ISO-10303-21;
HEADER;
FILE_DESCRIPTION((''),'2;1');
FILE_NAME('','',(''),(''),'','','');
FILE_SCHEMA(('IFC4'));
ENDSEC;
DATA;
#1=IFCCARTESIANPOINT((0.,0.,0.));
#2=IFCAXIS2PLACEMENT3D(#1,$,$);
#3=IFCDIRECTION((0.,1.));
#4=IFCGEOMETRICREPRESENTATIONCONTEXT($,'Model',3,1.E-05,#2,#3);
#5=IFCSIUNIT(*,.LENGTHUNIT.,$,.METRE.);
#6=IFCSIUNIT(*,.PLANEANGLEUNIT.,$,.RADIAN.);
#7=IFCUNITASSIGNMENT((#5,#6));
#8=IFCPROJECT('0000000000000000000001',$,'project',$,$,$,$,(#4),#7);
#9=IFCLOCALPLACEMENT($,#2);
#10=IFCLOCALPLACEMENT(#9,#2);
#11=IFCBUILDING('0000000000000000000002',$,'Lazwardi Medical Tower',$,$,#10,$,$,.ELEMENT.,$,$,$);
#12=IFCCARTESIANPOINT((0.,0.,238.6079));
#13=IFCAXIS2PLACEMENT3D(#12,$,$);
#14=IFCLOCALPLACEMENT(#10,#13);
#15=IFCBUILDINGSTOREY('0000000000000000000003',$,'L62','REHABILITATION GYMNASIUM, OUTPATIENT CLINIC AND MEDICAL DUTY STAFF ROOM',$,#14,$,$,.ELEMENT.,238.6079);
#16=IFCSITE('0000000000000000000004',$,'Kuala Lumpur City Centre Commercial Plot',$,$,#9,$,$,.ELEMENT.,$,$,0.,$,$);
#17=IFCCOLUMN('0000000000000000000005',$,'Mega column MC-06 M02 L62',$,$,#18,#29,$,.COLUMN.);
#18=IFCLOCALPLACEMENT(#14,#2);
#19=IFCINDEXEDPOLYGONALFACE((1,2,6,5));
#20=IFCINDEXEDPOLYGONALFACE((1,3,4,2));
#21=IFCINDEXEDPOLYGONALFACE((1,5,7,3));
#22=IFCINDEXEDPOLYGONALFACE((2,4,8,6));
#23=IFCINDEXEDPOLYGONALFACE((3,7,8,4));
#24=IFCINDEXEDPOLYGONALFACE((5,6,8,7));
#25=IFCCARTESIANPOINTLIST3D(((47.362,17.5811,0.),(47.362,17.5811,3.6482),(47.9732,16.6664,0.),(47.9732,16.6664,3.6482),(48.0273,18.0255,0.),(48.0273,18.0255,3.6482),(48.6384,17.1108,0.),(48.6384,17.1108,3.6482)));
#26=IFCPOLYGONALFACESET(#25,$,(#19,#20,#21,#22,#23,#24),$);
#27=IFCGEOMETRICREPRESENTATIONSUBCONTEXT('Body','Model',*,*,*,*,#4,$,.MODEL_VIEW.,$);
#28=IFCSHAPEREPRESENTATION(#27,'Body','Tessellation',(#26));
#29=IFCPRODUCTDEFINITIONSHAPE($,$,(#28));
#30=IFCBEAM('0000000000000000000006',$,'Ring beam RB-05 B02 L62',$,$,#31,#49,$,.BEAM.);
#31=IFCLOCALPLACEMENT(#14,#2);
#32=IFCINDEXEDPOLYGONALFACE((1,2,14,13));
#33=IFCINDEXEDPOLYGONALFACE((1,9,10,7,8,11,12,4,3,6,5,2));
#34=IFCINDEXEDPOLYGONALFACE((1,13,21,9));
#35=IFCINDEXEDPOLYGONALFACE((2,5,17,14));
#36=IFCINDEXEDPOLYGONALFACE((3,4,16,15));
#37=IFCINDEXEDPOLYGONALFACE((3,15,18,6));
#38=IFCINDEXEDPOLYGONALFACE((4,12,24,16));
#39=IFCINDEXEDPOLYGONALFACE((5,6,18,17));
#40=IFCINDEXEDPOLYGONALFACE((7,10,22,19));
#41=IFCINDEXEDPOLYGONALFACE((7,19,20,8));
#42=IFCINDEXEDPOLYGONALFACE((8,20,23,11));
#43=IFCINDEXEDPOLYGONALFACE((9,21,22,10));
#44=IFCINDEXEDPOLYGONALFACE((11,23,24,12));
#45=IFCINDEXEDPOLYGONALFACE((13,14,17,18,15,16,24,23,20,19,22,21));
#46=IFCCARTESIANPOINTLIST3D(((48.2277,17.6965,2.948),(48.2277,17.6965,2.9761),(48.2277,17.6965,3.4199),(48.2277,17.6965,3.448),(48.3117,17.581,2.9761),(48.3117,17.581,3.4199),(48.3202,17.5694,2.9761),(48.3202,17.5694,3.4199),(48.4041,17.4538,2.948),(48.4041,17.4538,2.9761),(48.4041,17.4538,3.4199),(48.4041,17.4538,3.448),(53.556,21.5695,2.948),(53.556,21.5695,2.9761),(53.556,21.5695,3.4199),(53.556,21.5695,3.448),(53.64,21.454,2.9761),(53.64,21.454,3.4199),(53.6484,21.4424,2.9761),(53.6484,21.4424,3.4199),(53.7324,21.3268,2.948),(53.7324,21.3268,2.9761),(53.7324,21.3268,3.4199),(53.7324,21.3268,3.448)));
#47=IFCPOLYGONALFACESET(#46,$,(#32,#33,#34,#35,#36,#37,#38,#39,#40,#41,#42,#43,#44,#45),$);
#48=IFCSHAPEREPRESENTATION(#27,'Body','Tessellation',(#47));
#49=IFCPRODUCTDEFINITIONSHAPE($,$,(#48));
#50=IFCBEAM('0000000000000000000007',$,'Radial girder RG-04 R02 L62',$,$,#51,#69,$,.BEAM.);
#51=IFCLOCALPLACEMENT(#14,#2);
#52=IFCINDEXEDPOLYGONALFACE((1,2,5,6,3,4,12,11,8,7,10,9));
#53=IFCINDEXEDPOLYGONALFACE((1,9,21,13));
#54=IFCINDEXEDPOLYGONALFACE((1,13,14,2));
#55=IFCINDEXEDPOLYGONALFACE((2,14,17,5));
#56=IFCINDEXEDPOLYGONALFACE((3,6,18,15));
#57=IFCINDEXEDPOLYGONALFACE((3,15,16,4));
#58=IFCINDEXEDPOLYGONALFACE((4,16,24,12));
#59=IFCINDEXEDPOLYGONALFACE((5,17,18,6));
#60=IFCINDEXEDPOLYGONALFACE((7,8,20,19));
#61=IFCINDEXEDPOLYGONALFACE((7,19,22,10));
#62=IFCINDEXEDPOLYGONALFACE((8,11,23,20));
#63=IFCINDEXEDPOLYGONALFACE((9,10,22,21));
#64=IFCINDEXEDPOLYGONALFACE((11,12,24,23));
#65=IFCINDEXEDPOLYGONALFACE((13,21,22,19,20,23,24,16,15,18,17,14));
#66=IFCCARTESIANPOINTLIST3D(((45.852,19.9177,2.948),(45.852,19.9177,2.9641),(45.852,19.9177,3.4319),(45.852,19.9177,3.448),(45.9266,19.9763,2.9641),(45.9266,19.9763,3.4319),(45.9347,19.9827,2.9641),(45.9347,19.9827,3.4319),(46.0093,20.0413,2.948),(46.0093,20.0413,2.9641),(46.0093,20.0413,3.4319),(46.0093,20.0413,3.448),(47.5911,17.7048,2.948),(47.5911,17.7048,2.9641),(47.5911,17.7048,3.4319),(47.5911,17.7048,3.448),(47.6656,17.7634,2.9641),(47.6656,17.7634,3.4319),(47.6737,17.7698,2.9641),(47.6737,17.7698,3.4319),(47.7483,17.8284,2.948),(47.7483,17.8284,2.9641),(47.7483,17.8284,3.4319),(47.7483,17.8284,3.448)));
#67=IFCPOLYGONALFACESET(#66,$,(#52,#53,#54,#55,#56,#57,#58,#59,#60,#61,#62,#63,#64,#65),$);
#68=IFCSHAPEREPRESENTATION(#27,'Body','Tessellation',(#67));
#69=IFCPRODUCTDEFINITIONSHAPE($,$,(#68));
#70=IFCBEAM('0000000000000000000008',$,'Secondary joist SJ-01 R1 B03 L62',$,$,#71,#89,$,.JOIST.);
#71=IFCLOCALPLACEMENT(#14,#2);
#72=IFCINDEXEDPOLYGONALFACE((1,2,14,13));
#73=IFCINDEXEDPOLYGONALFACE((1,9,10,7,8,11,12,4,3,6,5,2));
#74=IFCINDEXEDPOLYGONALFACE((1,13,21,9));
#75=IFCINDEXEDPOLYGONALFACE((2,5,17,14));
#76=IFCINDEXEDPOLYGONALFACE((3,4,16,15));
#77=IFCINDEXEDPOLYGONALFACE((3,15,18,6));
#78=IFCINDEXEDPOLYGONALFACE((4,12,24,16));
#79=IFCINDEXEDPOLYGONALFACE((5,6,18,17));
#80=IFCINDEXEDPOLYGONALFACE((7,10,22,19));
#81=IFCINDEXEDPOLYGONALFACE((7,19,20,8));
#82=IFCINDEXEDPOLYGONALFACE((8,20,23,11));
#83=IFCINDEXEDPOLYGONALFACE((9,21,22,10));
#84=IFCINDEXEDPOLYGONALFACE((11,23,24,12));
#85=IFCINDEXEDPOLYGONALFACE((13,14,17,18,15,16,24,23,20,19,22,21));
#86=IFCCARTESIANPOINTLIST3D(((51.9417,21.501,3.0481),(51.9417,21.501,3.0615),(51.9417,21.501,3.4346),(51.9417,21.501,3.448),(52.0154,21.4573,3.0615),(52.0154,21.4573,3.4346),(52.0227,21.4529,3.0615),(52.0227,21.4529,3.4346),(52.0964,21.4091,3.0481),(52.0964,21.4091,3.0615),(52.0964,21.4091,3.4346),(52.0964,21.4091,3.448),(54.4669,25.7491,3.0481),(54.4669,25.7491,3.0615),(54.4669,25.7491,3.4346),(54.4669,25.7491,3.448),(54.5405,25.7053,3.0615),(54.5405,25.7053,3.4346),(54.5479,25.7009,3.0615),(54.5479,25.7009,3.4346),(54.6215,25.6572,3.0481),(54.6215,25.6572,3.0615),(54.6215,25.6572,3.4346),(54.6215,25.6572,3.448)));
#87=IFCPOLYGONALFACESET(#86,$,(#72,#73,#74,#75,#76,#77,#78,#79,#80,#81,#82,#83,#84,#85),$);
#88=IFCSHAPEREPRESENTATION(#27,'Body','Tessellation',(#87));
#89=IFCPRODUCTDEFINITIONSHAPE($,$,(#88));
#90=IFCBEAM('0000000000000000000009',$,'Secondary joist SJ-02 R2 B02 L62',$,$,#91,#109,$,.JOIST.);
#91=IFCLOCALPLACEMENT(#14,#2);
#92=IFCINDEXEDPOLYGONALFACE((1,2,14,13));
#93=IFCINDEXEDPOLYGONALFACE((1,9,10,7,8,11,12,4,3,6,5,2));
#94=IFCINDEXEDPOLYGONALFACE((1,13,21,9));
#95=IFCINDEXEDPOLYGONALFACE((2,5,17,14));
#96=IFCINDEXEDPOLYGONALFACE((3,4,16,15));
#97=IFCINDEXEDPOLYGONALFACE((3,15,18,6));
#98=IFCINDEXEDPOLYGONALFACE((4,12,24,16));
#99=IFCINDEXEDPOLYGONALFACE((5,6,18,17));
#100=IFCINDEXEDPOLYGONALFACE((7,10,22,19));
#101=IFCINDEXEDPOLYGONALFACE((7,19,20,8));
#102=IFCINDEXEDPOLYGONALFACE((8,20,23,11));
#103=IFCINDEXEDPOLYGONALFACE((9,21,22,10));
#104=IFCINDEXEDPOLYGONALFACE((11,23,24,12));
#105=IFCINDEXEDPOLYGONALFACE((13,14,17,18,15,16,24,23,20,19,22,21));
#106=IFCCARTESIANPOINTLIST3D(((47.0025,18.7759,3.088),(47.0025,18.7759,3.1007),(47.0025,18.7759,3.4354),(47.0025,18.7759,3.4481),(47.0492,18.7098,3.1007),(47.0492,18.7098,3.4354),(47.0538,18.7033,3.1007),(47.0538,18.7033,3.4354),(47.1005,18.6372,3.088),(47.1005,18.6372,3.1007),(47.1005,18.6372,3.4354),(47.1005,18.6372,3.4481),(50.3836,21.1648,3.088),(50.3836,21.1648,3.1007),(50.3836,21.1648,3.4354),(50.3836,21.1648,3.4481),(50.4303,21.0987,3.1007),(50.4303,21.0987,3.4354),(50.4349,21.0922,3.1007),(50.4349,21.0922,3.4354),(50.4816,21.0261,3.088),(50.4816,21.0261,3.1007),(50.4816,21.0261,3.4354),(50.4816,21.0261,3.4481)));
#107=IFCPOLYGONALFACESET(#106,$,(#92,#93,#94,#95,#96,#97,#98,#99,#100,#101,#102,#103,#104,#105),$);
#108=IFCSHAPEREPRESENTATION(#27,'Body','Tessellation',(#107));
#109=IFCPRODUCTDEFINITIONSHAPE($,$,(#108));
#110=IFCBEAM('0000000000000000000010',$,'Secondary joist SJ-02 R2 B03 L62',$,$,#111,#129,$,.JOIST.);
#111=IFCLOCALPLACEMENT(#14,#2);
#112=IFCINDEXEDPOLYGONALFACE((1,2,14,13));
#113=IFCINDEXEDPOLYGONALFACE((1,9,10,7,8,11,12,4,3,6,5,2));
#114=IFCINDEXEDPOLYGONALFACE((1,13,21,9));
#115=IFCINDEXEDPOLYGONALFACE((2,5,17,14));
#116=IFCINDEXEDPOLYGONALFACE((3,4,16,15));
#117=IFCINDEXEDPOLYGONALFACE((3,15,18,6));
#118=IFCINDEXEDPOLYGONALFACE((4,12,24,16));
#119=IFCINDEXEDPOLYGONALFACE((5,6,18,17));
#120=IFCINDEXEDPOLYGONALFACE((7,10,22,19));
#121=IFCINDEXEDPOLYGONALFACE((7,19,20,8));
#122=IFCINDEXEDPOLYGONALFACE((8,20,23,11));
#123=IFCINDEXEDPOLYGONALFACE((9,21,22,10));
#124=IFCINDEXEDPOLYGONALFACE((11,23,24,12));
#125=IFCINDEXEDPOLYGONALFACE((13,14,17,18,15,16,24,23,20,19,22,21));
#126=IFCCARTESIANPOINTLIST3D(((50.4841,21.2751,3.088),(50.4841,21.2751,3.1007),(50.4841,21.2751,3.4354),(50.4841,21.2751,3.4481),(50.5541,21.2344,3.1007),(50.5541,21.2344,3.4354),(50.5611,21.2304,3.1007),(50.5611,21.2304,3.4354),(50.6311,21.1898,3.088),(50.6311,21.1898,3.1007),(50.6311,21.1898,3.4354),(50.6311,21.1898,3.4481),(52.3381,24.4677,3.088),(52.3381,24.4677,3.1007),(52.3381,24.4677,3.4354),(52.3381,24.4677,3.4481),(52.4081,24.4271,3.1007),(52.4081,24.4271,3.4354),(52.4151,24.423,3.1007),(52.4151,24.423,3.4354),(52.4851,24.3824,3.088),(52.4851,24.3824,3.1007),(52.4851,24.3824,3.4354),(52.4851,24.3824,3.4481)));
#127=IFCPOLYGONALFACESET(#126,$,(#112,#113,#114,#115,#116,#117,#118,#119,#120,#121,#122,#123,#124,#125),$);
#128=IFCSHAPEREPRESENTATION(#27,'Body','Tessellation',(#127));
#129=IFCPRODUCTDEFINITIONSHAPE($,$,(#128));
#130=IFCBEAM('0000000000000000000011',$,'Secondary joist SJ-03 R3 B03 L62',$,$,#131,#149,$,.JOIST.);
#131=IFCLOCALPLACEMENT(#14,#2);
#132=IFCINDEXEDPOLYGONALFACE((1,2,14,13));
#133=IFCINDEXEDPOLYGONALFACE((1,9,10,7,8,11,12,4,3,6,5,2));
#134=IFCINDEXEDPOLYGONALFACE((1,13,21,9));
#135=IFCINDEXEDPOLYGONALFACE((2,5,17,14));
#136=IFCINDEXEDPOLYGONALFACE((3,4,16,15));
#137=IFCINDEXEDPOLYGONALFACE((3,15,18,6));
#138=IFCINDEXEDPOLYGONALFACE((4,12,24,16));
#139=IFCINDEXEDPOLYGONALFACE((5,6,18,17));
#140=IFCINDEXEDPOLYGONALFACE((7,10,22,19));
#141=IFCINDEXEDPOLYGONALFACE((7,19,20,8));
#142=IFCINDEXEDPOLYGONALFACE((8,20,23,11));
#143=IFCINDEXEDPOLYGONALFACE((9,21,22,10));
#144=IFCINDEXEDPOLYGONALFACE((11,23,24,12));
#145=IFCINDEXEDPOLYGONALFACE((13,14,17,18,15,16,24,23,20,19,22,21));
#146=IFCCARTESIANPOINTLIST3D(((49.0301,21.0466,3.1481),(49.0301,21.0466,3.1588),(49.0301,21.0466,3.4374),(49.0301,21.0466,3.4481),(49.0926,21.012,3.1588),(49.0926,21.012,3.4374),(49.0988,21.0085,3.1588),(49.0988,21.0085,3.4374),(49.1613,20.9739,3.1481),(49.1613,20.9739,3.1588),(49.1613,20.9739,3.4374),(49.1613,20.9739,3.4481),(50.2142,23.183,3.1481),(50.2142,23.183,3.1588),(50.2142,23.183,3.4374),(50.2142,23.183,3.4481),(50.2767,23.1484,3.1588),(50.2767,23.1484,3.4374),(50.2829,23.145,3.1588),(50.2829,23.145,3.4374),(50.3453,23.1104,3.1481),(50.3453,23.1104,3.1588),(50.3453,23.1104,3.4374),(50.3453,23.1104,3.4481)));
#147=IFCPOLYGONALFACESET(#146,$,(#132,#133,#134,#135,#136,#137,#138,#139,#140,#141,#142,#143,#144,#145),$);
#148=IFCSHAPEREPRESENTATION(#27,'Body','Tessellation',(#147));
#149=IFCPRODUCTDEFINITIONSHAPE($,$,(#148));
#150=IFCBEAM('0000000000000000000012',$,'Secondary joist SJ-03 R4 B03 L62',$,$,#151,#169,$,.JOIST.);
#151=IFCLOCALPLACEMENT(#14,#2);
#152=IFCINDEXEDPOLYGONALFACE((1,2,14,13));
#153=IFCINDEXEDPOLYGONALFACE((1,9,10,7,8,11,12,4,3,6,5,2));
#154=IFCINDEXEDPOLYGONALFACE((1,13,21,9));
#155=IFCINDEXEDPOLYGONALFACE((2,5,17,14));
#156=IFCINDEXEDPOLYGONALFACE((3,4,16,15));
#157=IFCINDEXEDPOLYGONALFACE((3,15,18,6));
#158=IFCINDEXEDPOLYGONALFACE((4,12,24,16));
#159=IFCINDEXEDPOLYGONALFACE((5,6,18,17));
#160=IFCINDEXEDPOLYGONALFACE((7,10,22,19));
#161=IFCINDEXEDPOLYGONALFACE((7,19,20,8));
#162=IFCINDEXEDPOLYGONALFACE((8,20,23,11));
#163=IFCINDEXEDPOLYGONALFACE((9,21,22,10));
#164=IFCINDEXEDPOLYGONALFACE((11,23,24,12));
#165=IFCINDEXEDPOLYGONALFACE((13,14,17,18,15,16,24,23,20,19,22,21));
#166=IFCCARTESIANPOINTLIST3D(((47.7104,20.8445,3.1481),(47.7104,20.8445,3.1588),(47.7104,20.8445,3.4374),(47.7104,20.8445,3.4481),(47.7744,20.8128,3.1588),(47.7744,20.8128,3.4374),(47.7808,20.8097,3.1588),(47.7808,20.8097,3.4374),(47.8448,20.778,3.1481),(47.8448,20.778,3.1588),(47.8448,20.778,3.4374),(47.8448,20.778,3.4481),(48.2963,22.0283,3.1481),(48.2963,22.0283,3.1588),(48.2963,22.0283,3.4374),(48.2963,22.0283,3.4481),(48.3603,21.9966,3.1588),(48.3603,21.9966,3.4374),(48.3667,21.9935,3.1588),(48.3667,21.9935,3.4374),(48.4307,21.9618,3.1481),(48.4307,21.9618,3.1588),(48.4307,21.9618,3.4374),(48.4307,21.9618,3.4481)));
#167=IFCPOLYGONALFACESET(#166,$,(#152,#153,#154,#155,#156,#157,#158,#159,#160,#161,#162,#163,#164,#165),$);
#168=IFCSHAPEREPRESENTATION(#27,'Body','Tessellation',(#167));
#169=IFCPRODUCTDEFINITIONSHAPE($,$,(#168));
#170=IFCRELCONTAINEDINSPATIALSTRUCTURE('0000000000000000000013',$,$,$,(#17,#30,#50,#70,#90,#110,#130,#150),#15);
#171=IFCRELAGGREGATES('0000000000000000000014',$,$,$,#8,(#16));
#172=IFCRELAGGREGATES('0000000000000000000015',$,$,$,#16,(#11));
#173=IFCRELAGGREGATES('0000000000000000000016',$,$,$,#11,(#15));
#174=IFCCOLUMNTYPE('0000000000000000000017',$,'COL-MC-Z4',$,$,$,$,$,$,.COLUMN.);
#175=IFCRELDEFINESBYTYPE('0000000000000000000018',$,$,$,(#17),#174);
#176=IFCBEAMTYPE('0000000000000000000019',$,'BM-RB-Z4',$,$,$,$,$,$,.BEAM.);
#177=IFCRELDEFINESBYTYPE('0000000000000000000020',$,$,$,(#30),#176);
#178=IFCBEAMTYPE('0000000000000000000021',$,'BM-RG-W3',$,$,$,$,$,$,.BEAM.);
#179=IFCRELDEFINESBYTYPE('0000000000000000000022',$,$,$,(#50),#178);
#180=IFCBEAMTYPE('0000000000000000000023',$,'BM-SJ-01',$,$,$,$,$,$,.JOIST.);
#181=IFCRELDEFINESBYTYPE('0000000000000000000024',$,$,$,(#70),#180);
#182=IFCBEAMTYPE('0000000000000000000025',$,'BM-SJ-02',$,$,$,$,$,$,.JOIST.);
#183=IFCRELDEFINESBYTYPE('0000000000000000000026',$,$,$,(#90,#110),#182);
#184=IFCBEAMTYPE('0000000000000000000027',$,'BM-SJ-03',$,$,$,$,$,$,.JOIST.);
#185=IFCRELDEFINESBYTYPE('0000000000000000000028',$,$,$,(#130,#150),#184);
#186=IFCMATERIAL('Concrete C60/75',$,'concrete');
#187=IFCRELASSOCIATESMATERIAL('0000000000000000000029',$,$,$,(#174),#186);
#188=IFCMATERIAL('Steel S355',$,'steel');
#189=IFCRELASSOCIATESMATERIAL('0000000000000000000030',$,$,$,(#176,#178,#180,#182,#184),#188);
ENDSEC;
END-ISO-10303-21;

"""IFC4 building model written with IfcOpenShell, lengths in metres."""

from ifc_helpers import new_model, si_unit, direction, frame, origin, origin_2d, place, context, subcontext, project, spatial, rectangle, i_section, extrude, material, material_profile, profile_set, type_object, element, save


model = new_model("IFC4")

# Units and contexts
model_context = context("Model", 3, precision=1e-05, world=origin(), true_north=direction((0.0, 1.0)))
body_context = subcontext(model_context, "Body", "Model", "MODEL_VIEW")
ifc_project = project(units=[si_unit("LENGTHUNIT", "METRE"), si_unit("PLANEANGLEUNIT", "RADIAN")], contexts=[model_context])

# Site, building, storey
site_placement = place(None, origin())
site = spatial("IfcSite", under=ifc_project, at=site_placement, Name="Kuala Lumpur City Centre Commercial Plot", CompositionType="ELEMENT", RefElevation=0.0)
building_placement = place(site_placement, origin())
building = spatial("IfcBuilding", under=site, at=building_placement, Name="Lazwardi Medical Tower", CompositionType="ELEMENT")
storey_placement = place(building_placement, frame((0.0, 0.0, 238.6079)))
storey = spatial("IfcBuildingStorey", under=building, at=storey_placement, Name="L62", Description="REHABILITATION GYMNASIUM, OUTPATIENT CLINIC AND MEDICAL DUTY STAFF ROOM", CompositionType="ELEMENT", Elevation=238.6079)

# Column
ifc_material_1 = material(Name="Concrete C60/75", Category="concrete")
ifc_material_profile_1 = material_profile(ifc_material_1, rectangle(XDim=1.1001, YDim=0.8, at=origin_2d()), Name="CFT-RECT 1100x800")
ifc_profile_set_1 = profile_set([ifc_material_profile_1], Name="Concrete C60/75")
column_type = type_object("IfcColumnType", Name="COL-MC-Z4", PredefinedType="COLUMN", material=ifc_profile_set_1)
column_placement = place(storey_placement, frame((48.0002, 17.3459, 0.0), z_axis=(0.0, 0.0, 1.0), x_axis=(0.55557, -0.83147, 0.0)))
element("IfcColumn", 1, at=column_placement, inside=storey, type_object=column_type, Name="Mega column MC-06 M02 L62", PredefinedType="COLUMN", context=body_context, shape_type="SweptSolid", body=[
    extrude(rectangle(XDim=1.1001, YDim=0.8, at=origin_2d()), origin(), (0.0, 0.0, 1.0), 3.6482),
])

# Beams
ifc_material_2 = material(Name="Steel S355", Category="steel")
ifc_material_profile_2 = material_profile(ifc_material_2, i_section(OverallWidth=0.3, OverallDepth=0.5, WebThickness=0.0144, FlangeThickness=0.0281, at=origin_2d()), Name="HEB 500")
ifc_profile_set_2 = profile_set([ifc_material_profile_2], Name="Steel S355")
beam_type_1 = type_object("IfcBeamType", Name="BM-RB-Z4", PredefinedType="BEAM", material=ifc_profile_set_2)
beam_1_placement = place(storey_placement, frame((48.3159, 17.5752, 3.198), z_axis=(0.80889, 0.58796, 0.0), x_axis=(-0.58796, 0.80889, 0.0)))
element("IfcBeam", 2, at=beam_1_placement, inside=storey, type_object=beam_type_1, Name="Ring beam RB-05 B02 L62", PredefinedType="BEAM", context=body_context, shape_type="SweptSolid", body=[
    extrude(i_section(OverallWidth=0.3, OverallDepth=0.5, WebThickness=0.0144, FlangeThickness=0.0281, at=origin_2d()), origin(), (0.0, 0.0, 1.0), 6.5872),
])
ifc_material_profile_3 = material_profile(ifc_material_2, i_section(OverallWidth=0.2, OverallDepth=0.5, WebThickness=0.0103, FlangeThickness=0.0161, at=origin_2d()), Name="IPE 500")
ifc_profile_set_3 = profile_set([ifc_material_profile_3], Name="Steel S355")
beam_type_2 = type_object("IfcBeamType", Name="BM-RG-W3", PredefinedType="BEAM", material=ifc_profile_set_3)
beam_2_placement = place(storey_placement, frame((47.6697, 17.7666, 3.198), z_axis=(-0.617891, 0.786264, 0.0), x_axis=(-0.786264, -0.617891, 0.0)))
element("IfcBeam", 3, at=beam_2_placement, inside=storey, type_object=beam_type_2, Name="Radial girder RG-04 R02 L62", PredefinedType="BEAM", context=body_context, shape_type="SweptSolid", body=[
    extrude(i_section(OverallWidth=0.2, OverallDepth=0.5, WebThickness=0.0103, FlangeThickness=0.0161, at=origin_2d()), origin(), (0.0, 0.0, 1.0), 2.8145),
])
ifc_material_profile_4 = material_profile(ifc_material_2, i_section(OverallWidth=0.1799, OverallDepth=0.3999, WebThickness=0.0085, FlangeThickness=0.0134, at=origin_2d()), Name="IPE 400")
ifc_profile_set_4 = profile_set([ifc_material_profile_4], Name="Steel S355")
beam_type_3 = type_object("IfcBeamType", Name="BM-SJ-01", PredefinedType="JOIST", material=ifc_profile_set_4)
beam_3_placement = place(storey_placement, frame((52.019, 21.4551, 3.248), z_axis=(0.510968, 0.8596, 0.0), x_axis=(-0.8596, 0.510968, 0.0)))
element("IfcBeam", 4, at=beam_3_placement, inside=storey, type_object=beam_type_3, Name="Secondary joist SJ-01 R1 B03 L62", PredefinedType="JOIST", context=body_context, shape_type="SweptSolid", body=[
    extrude(i_section(OverallWidth=0.1799, OverallDepth=0.3999, WebThickness=0.0085, FlangeThickness=0.0134, at=origin_2d()), origin(), (0.0, 0.0, 1.0), 4.9419),
])
ifc_material_profile_5 = material_profile(ifc_material_2, i_section(OverallWidth=0.1699, OverallDepth=0.3601, WebThickness=0.0081, FlangeThickness=0.0127, at=origin_2d()), Name="IPE 360")
ifc_profile_set_5 = profile_set([ifc_material_profile_5], Name="Steel S355")
beam_type_4 = type_object("IfcBeamType", Name="BM-SJ-02", PredefinedType="JOIST", material=ifc_profile_set_5)
beam_4_placement = place(storey_placement, frame((47.0515, 18.7065, 3.2681), z_axis=(0.816711, 0.577047, 0.0), x_axis=(-0.577047, 0.816711, 0.0)))
element("IfcBeam", 5, at=beam_4_placement, inside=storey, type_object=beam_type_4, Name="Secondary joist SJ-02 R2 B02 L62", PredefinedType="JOIST", context=body_context, shape_type="SweptSolid", body=[
    extrude(i_section(OverallWidth=0.1699, OverallDepth=0.3601, WebThickness=0.0081, FlangeThickness=0.0127, at=origin_2d()), origin(), (0.0, 0.0, 1.0), 4.1399),
])
beam_5_placement = place(storey_placement, frame((50.5576, 21.2324, 3.2681), z_axis=(0.50218, 0.864763, 0.0), x_axis=(-0.864763, 0.50218, 0.0)))
element("IfcBeam", 6, at=beam_5_placement, inside=storey, type_object=beam_type_4, Name="Secondary joist SJ-02 R2 B03 L62", PredefinedType="JOIST", context=body_context, shape_type="SweptSolid", body=[
    extrude(i_section(OverallWidth=0.1699, OverallDepth=0.3601, WebThickness=0.0081, FlangeThickness=0.0127, at=origin_2d()), origin(), (0.0, 0.0, 1.0), 3.6919),
])
ifc_material_profile_6 = material_profile(ifc_material_2, i_section(OverallWidth=0.1499, OverallDepth=0.3, WebThickness=0.0071, FlangeThickness=0.0107, at=origin_2d()), Name="IPE 300")
ifc_profile_set_6 = profile_set([ifc_material_profile_6], Name="Steel S355")
beam_type_5 = type_object("IfcBeamType", Name="BM-SJ-03", PredefinedType="JOIST", material=ifc_profile_set_6)
beam_6_placement = place(storey_placement, frame((49.0957, 21.0103, 3.2981), z_axis=(0.484752, 0.874652, 0.0), x_axis=(-0.874652, 0.484752, 0.0)))
element("IfcBeam", 7, at=beam_6_placement, inside=storey, type_object=beam_type_5, Name="Secondary joist SJ-03 R3 B03 L62", PredefinedType="JOIST", context=body_context, shape_type="SweptSolid", body=[
    extrude(i_section(OverallWidth=0.1499, OverallDepth=0.3, WebThickness=0.0071, FlangeThickness=0.0107, at=origin_2d()), origin(), (0.0, 0.0, 1.0), 2.4426),
])
beam_7_placement = place(storey_placement, frame((47.7776, 20.8113, 3.2981), z_axis=(0.443587, 0.896231, 0.0), x_axis=(-0.896231, 0.443587, 0.0)))
element("IfcBeam", 8, at=beam_7_placement, inside=storey, type_object=beam_type_5, Name="Secondary joist SJ-03 R4 B03 L62", PredefinedType="JOIST", context=body_context, shape_type="SweptSolid", body=[
    extrude(i_section(OverallWidth=0.1499, OverallDepth=0.3, WebThickness=0.0071, FlangeThickness=0.0107, at=origin_2d()), origin(), (0.0, 0.0, 1.0), 1.3208),
])

save(model, "model.ifc")
